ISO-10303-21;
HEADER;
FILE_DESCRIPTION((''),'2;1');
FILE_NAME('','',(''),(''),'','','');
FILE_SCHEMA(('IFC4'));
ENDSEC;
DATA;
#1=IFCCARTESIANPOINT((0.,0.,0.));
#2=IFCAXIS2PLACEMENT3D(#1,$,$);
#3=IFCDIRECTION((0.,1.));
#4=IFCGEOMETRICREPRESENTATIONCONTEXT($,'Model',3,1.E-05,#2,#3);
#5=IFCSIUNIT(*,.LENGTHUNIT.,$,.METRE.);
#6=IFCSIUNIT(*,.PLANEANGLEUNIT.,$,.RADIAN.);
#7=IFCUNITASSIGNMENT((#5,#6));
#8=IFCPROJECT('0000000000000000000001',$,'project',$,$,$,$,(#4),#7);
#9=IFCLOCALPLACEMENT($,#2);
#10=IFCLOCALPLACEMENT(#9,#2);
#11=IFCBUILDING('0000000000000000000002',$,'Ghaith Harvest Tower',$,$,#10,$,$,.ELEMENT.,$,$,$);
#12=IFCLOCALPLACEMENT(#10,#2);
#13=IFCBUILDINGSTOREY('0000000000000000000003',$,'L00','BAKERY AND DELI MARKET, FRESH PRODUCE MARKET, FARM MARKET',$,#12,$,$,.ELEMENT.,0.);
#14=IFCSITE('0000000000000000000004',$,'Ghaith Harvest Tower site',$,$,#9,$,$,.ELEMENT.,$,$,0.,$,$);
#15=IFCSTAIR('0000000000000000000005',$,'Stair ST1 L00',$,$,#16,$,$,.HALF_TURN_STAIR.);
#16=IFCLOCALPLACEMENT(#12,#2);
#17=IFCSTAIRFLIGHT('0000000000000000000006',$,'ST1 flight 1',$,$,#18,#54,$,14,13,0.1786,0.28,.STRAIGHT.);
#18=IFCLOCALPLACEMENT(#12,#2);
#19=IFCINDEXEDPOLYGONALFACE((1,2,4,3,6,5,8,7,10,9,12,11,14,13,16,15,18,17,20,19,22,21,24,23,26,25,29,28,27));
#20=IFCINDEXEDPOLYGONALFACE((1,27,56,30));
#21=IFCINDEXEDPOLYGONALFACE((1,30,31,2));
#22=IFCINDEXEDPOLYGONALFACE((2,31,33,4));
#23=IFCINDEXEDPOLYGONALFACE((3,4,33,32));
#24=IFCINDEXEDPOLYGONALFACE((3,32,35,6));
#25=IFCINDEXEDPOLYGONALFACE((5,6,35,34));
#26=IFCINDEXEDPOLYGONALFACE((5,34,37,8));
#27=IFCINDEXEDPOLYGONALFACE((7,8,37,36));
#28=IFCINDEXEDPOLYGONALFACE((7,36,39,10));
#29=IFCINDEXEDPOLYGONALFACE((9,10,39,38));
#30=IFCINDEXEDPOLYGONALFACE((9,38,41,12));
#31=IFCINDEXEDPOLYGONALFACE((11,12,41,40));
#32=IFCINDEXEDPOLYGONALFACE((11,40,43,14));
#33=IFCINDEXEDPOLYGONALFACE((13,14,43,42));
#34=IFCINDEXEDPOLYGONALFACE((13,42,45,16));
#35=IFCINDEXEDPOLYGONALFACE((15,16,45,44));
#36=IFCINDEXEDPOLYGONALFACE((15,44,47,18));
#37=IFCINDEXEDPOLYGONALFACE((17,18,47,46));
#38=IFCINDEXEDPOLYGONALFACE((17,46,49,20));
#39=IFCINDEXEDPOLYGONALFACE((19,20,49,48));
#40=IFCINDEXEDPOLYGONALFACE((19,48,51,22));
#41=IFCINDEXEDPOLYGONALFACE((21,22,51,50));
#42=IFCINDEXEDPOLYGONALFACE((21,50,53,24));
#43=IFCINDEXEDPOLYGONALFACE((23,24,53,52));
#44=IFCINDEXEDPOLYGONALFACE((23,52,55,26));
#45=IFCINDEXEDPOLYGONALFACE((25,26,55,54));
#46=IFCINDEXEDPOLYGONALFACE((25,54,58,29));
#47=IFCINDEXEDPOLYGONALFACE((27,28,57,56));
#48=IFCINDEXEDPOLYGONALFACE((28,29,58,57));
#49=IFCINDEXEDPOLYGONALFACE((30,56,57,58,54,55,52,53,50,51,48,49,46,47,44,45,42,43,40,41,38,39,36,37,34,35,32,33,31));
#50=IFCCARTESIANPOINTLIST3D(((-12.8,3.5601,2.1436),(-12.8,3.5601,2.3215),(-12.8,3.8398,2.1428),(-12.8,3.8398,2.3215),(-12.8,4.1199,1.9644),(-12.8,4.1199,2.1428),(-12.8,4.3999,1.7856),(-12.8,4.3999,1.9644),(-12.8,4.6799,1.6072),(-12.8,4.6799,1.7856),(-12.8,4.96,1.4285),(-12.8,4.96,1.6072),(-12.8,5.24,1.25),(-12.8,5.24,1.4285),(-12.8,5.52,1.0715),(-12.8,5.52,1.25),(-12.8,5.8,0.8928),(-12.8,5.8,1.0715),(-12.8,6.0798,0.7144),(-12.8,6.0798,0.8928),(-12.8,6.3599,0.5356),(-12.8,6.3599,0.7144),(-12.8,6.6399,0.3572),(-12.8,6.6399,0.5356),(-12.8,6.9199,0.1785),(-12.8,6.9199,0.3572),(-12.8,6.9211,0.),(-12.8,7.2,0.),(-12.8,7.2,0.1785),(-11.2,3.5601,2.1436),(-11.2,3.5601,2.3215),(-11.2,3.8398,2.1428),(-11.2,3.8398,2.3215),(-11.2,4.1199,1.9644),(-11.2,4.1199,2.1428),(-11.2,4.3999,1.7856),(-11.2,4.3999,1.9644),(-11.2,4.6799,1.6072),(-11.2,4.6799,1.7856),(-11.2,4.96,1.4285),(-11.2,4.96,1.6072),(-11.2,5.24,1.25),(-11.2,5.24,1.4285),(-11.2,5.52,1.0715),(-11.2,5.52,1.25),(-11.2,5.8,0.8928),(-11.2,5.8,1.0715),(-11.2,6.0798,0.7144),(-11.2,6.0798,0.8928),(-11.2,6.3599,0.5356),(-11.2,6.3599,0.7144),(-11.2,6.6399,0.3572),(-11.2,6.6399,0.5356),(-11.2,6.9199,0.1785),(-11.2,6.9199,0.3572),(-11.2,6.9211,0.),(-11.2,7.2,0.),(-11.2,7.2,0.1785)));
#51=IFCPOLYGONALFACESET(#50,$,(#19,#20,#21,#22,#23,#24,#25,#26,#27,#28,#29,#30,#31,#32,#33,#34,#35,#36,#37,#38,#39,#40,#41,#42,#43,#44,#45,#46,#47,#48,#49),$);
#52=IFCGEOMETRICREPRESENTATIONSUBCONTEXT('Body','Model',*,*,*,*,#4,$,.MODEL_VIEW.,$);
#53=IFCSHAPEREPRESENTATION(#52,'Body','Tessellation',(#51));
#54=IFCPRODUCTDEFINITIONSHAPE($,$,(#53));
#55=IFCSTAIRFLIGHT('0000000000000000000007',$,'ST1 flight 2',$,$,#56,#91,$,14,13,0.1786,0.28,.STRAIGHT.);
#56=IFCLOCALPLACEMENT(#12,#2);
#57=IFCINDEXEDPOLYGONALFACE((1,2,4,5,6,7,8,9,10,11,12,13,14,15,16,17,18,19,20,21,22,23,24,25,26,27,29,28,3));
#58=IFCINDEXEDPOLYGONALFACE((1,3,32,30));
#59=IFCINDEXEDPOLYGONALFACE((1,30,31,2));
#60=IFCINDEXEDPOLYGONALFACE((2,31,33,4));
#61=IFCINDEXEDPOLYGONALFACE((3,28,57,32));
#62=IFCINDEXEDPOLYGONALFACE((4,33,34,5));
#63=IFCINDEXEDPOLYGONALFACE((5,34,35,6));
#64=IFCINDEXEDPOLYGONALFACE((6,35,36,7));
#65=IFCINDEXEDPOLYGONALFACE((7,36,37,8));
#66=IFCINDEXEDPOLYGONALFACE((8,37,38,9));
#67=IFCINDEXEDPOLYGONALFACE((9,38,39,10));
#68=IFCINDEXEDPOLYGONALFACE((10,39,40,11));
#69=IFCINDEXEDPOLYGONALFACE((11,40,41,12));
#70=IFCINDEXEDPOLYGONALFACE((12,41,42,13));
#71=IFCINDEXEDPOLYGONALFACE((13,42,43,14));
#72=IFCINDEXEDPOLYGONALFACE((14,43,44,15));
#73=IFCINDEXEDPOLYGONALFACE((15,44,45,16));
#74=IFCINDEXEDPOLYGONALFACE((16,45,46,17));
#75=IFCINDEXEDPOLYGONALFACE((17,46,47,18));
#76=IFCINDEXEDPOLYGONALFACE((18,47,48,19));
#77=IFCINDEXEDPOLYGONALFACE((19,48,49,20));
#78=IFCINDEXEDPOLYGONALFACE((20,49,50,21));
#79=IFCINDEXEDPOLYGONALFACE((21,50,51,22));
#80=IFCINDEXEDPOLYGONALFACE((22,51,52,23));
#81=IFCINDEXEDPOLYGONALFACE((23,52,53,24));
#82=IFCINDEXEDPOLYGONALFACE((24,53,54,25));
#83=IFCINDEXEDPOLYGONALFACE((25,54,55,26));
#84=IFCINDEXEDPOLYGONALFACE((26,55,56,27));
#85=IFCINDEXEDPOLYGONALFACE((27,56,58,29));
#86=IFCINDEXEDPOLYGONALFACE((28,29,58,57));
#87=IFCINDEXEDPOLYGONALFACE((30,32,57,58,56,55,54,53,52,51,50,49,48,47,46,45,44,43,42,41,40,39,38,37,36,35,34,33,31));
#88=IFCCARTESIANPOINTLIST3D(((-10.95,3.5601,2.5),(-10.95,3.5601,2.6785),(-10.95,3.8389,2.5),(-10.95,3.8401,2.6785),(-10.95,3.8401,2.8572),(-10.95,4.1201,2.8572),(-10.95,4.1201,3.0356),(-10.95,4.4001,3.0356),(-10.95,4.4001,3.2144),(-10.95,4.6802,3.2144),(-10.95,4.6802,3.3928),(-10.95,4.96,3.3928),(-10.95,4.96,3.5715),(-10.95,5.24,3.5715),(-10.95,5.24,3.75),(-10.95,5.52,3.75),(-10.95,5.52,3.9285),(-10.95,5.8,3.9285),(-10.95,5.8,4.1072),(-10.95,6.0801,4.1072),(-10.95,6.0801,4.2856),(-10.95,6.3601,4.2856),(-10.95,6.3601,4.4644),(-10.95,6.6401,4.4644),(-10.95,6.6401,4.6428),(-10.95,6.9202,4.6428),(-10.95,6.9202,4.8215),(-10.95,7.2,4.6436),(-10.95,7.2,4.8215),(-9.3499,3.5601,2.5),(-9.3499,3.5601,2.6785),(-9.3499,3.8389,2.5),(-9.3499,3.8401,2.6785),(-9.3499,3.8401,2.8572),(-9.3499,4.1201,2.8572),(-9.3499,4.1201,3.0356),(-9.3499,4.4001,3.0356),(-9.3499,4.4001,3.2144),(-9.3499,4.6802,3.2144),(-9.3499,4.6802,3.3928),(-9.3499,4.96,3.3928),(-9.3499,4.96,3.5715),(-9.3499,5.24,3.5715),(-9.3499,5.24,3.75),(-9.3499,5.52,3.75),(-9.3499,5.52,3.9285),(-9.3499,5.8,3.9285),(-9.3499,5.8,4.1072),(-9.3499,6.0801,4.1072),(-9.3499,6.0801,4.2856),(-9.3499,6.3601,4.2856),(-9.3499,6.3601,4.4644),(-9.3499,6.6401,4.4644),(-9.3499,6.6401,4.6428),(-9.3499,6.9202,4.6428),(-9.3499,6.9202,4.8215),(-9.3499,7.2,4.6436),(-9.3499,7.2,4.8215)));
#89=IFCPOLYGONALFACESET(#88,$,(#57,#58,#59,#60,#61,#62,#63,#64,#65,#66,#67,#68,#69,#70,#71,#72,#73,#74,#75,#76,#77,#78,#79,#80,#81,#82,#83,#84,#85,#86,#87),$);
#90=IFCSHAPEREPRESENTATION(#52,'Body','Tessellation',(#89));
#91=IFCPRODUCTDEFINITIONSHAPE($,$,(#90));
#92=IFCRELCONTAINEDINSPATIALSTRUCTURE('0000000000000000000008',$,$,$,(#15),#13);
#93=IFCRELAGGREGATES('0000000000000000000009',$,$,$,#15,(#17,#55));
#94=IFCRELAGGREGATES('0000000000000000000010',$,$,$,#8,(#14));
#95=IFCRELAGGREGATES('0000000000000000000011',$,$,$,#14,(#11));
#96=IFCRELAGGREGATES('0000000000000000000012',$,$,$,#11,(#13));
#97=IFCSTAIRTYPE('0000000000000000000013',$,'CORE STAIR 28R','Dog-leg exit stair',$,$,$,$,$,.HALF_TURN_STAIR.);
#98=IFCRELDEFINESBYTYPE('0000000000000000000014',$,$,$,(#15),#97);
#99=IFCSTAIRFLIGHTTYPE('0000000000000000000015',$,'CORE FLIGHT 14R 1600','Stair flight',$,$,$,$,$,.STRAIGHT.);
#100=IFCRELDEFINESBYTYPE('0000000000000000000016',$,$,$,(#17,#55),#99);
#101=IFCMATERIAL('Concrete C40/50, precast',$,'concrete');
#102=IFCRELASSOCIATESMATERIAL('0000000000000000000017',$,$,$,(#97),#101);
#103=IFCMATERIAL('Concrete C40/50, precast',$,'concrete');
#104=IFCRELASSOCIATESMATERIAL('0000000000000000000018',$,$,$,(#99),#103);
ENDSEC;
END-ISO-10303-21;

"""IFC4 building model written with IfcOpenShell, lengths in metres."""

from ifc_helpers import new_model, si_unit, direction, frame, origin, place, context, subcontext, project, spatial, polyline, outline, extrude, material, type_object, element, aggregate, save


model = new_model("IFC4")

# Units and contexts
model_context = context("Model", 3, precision=1e-05, world=origin(), true_north=direction((0.0, 1.0)))
body_context = subcontext(model_context, "Body", "Model", "MODEL_VIEW")
ifc_project = project(units=[si_unit("LENGTHUNIT", "METRE"), si_unit("PLANEANGLEUNIT", "RADIAN")], contexts=[model_context])

# Site, building, storey
site_placement = place(None, origin())
site = spatial("IfcSite", under=ifc_project, at=site_placement, Name="Ghaith Harvest Tower site", CompositionType="ELEMENT", RefElevation=0.0)
building_placement = place(site_placement, origin())
building = spatial("IfcBuilding", under=site, at=building_placement, Name="Ghaith Harvest Tower", CompositionType="ELEMENT")
storey_placement = place(building_placement, origin())
storey = spatial("IfcBuildingStorey", under=building, at=storey_placement, Name="L00", Description="BAKERY AND DELI MARKET, FRESH PRODUCE MARKET, FARM MARKET", CompositionType="ELEMENT", Elevation=0.0)

# Stair, stair flights
ifc_material_1 = material(Name="Concrete C40/50, precast", Category="concrete")
stair_type = type_object("IfcStairType", Name="CORE STAIR 28R", Description="Dog-leg exit stair", PredefinedType="HALF_TURN_STAIR", material=ifc_material_1)
stair_placement = place(storey_placement, origin())
stair = element("IfcStair", 1, at=stair_placement, inside=storey, type_object=stair_type, Name="Stair ST1 L00", PredefinedType="HALF_TURN_STAIR")
ifc_material_2 = material(Name="Concrete C40/50, precast", Category="concrete")
stair_flight_type = type_object("IfcStairFlightType", Name="CORE FLIGHT 14R 1600", Description="Stair flight", PredefinedType="STRAIGHT", material=ifc_material_2)
stair_flight_1_placement = place(storey_placement, frame((-12.0, 7.2, 0.0), z_axis=(0.0, 0.0, 1.0), x_axis=(0.0, -1.0, 0.0)))
stair_flight_1 = element("IfcStairFlight", 2, at=stair_flight_1_placement, type_object=stair_flight_type, Name="ST1 flight 1", NumberOfRisers=14, NumberOfTreads=13, PredefinedType="STRAIGHT", RiserHeight=0.1786, TreadLength=0.28, context=body_context, shape_type="SweptSolid", body=[
    extrude(outline(polyline([(0.0, 0.0), (0.0, 0.1785), (0.28, 0.1785), (0.28, 0.3572), (0.5601, 0.3572), (0.5601, 0.5356), (0.8401, 0.5356), (0.8401, 0.7144), (1.1201, 0.7144), (1.1201, 0.8928), (1.3999, 0.8928), (1.3999, 1.0715), (1.6799, 1.0715), (1.6799, 1.25), (1.96, 1.25), (1.96, 1.4285), (2.24, 1.4285), (2.24, 1.6072), (2.52, 1.6072), (2.52, 1.7856), (2.8, 1.7856), (2.8, 1.9644), (3.0801, 1.9644), (3.0801, 2.1428), (3.3601, 2.1428), (3.3601, 2.3215), (3.6399, 2.3215), (3.6399, 2.5), (3.6399, 2.1436), (0.2788, 0.0), (0.0, 0.0)])), frame((0.0, 0.8, 0.0), z_axis=(0.0, -1.0, 0.0), x_axis=(1.0, 0.0, 0.0)), (0.0, 0.0, 1.0), 1.6001),
])
stair_flight_2_placement = place(storey_placement, frame((-10.1499, 3.5601, 2.5), z_axis=(0.0, 0.0, 1.0), x_axis=(0.0, 1.0, 0.0)))
stair_flight_2 = element("IfcStairFlight", 3, at=stair_flight_2_placement, type_object=stair_flight_type, Name="ST1 flight 2", NumberOfRisers=14, NumberOfTreads=13, PredefinedType="STRAIGHT", RiserHeight=0.1786, TreadLength=0.28, context=body_context, shape_type="SweptSolid", body=[
    extrude(outline(polyline([(0.0, 0.0), (0.0, 0.1785), (0.28, 0.1785), (0.28, 0.3572), (0.5601, 0.3572), (0.5601, 0.5356), (0.8401, 0.5356), (0.8401, 0.7144), (1.1201, 0.7144), (1.1201, 0.8928), (1.3999, 0.8928), (1.3999, 1.0715), (1.6799, 1.0715), (1.6799, 1.25), (1.96, 1.25), (1.96, 1.4285), (2.24, 1.4285), (2.24, 1.6072), (2.52, 1.6072), (2.52, 1.7856), (2.8, 1.7856), (2.8, 1.9644), (3.0801, 1.9644), (3.0801, 2.1428), (3.3601, 2.1428), (3.3601, 2.3215), (3.6399, 2.3215), (3.6399, 2.5), (3.6399, 2.1436), (0.2788, 0.0), (0.0, 0.0)])), frame((0.0, 0.8, 0.0), z_axis=(0.0, -1.0, 0.0), x_axis=(1.0, 0.0, 0.0)), (0.0, 0.0, 1.0), 1.6001),
])
aggregate(stair, [stair_flight_1, stair_flight_2])

save(model, "model.ifc")
